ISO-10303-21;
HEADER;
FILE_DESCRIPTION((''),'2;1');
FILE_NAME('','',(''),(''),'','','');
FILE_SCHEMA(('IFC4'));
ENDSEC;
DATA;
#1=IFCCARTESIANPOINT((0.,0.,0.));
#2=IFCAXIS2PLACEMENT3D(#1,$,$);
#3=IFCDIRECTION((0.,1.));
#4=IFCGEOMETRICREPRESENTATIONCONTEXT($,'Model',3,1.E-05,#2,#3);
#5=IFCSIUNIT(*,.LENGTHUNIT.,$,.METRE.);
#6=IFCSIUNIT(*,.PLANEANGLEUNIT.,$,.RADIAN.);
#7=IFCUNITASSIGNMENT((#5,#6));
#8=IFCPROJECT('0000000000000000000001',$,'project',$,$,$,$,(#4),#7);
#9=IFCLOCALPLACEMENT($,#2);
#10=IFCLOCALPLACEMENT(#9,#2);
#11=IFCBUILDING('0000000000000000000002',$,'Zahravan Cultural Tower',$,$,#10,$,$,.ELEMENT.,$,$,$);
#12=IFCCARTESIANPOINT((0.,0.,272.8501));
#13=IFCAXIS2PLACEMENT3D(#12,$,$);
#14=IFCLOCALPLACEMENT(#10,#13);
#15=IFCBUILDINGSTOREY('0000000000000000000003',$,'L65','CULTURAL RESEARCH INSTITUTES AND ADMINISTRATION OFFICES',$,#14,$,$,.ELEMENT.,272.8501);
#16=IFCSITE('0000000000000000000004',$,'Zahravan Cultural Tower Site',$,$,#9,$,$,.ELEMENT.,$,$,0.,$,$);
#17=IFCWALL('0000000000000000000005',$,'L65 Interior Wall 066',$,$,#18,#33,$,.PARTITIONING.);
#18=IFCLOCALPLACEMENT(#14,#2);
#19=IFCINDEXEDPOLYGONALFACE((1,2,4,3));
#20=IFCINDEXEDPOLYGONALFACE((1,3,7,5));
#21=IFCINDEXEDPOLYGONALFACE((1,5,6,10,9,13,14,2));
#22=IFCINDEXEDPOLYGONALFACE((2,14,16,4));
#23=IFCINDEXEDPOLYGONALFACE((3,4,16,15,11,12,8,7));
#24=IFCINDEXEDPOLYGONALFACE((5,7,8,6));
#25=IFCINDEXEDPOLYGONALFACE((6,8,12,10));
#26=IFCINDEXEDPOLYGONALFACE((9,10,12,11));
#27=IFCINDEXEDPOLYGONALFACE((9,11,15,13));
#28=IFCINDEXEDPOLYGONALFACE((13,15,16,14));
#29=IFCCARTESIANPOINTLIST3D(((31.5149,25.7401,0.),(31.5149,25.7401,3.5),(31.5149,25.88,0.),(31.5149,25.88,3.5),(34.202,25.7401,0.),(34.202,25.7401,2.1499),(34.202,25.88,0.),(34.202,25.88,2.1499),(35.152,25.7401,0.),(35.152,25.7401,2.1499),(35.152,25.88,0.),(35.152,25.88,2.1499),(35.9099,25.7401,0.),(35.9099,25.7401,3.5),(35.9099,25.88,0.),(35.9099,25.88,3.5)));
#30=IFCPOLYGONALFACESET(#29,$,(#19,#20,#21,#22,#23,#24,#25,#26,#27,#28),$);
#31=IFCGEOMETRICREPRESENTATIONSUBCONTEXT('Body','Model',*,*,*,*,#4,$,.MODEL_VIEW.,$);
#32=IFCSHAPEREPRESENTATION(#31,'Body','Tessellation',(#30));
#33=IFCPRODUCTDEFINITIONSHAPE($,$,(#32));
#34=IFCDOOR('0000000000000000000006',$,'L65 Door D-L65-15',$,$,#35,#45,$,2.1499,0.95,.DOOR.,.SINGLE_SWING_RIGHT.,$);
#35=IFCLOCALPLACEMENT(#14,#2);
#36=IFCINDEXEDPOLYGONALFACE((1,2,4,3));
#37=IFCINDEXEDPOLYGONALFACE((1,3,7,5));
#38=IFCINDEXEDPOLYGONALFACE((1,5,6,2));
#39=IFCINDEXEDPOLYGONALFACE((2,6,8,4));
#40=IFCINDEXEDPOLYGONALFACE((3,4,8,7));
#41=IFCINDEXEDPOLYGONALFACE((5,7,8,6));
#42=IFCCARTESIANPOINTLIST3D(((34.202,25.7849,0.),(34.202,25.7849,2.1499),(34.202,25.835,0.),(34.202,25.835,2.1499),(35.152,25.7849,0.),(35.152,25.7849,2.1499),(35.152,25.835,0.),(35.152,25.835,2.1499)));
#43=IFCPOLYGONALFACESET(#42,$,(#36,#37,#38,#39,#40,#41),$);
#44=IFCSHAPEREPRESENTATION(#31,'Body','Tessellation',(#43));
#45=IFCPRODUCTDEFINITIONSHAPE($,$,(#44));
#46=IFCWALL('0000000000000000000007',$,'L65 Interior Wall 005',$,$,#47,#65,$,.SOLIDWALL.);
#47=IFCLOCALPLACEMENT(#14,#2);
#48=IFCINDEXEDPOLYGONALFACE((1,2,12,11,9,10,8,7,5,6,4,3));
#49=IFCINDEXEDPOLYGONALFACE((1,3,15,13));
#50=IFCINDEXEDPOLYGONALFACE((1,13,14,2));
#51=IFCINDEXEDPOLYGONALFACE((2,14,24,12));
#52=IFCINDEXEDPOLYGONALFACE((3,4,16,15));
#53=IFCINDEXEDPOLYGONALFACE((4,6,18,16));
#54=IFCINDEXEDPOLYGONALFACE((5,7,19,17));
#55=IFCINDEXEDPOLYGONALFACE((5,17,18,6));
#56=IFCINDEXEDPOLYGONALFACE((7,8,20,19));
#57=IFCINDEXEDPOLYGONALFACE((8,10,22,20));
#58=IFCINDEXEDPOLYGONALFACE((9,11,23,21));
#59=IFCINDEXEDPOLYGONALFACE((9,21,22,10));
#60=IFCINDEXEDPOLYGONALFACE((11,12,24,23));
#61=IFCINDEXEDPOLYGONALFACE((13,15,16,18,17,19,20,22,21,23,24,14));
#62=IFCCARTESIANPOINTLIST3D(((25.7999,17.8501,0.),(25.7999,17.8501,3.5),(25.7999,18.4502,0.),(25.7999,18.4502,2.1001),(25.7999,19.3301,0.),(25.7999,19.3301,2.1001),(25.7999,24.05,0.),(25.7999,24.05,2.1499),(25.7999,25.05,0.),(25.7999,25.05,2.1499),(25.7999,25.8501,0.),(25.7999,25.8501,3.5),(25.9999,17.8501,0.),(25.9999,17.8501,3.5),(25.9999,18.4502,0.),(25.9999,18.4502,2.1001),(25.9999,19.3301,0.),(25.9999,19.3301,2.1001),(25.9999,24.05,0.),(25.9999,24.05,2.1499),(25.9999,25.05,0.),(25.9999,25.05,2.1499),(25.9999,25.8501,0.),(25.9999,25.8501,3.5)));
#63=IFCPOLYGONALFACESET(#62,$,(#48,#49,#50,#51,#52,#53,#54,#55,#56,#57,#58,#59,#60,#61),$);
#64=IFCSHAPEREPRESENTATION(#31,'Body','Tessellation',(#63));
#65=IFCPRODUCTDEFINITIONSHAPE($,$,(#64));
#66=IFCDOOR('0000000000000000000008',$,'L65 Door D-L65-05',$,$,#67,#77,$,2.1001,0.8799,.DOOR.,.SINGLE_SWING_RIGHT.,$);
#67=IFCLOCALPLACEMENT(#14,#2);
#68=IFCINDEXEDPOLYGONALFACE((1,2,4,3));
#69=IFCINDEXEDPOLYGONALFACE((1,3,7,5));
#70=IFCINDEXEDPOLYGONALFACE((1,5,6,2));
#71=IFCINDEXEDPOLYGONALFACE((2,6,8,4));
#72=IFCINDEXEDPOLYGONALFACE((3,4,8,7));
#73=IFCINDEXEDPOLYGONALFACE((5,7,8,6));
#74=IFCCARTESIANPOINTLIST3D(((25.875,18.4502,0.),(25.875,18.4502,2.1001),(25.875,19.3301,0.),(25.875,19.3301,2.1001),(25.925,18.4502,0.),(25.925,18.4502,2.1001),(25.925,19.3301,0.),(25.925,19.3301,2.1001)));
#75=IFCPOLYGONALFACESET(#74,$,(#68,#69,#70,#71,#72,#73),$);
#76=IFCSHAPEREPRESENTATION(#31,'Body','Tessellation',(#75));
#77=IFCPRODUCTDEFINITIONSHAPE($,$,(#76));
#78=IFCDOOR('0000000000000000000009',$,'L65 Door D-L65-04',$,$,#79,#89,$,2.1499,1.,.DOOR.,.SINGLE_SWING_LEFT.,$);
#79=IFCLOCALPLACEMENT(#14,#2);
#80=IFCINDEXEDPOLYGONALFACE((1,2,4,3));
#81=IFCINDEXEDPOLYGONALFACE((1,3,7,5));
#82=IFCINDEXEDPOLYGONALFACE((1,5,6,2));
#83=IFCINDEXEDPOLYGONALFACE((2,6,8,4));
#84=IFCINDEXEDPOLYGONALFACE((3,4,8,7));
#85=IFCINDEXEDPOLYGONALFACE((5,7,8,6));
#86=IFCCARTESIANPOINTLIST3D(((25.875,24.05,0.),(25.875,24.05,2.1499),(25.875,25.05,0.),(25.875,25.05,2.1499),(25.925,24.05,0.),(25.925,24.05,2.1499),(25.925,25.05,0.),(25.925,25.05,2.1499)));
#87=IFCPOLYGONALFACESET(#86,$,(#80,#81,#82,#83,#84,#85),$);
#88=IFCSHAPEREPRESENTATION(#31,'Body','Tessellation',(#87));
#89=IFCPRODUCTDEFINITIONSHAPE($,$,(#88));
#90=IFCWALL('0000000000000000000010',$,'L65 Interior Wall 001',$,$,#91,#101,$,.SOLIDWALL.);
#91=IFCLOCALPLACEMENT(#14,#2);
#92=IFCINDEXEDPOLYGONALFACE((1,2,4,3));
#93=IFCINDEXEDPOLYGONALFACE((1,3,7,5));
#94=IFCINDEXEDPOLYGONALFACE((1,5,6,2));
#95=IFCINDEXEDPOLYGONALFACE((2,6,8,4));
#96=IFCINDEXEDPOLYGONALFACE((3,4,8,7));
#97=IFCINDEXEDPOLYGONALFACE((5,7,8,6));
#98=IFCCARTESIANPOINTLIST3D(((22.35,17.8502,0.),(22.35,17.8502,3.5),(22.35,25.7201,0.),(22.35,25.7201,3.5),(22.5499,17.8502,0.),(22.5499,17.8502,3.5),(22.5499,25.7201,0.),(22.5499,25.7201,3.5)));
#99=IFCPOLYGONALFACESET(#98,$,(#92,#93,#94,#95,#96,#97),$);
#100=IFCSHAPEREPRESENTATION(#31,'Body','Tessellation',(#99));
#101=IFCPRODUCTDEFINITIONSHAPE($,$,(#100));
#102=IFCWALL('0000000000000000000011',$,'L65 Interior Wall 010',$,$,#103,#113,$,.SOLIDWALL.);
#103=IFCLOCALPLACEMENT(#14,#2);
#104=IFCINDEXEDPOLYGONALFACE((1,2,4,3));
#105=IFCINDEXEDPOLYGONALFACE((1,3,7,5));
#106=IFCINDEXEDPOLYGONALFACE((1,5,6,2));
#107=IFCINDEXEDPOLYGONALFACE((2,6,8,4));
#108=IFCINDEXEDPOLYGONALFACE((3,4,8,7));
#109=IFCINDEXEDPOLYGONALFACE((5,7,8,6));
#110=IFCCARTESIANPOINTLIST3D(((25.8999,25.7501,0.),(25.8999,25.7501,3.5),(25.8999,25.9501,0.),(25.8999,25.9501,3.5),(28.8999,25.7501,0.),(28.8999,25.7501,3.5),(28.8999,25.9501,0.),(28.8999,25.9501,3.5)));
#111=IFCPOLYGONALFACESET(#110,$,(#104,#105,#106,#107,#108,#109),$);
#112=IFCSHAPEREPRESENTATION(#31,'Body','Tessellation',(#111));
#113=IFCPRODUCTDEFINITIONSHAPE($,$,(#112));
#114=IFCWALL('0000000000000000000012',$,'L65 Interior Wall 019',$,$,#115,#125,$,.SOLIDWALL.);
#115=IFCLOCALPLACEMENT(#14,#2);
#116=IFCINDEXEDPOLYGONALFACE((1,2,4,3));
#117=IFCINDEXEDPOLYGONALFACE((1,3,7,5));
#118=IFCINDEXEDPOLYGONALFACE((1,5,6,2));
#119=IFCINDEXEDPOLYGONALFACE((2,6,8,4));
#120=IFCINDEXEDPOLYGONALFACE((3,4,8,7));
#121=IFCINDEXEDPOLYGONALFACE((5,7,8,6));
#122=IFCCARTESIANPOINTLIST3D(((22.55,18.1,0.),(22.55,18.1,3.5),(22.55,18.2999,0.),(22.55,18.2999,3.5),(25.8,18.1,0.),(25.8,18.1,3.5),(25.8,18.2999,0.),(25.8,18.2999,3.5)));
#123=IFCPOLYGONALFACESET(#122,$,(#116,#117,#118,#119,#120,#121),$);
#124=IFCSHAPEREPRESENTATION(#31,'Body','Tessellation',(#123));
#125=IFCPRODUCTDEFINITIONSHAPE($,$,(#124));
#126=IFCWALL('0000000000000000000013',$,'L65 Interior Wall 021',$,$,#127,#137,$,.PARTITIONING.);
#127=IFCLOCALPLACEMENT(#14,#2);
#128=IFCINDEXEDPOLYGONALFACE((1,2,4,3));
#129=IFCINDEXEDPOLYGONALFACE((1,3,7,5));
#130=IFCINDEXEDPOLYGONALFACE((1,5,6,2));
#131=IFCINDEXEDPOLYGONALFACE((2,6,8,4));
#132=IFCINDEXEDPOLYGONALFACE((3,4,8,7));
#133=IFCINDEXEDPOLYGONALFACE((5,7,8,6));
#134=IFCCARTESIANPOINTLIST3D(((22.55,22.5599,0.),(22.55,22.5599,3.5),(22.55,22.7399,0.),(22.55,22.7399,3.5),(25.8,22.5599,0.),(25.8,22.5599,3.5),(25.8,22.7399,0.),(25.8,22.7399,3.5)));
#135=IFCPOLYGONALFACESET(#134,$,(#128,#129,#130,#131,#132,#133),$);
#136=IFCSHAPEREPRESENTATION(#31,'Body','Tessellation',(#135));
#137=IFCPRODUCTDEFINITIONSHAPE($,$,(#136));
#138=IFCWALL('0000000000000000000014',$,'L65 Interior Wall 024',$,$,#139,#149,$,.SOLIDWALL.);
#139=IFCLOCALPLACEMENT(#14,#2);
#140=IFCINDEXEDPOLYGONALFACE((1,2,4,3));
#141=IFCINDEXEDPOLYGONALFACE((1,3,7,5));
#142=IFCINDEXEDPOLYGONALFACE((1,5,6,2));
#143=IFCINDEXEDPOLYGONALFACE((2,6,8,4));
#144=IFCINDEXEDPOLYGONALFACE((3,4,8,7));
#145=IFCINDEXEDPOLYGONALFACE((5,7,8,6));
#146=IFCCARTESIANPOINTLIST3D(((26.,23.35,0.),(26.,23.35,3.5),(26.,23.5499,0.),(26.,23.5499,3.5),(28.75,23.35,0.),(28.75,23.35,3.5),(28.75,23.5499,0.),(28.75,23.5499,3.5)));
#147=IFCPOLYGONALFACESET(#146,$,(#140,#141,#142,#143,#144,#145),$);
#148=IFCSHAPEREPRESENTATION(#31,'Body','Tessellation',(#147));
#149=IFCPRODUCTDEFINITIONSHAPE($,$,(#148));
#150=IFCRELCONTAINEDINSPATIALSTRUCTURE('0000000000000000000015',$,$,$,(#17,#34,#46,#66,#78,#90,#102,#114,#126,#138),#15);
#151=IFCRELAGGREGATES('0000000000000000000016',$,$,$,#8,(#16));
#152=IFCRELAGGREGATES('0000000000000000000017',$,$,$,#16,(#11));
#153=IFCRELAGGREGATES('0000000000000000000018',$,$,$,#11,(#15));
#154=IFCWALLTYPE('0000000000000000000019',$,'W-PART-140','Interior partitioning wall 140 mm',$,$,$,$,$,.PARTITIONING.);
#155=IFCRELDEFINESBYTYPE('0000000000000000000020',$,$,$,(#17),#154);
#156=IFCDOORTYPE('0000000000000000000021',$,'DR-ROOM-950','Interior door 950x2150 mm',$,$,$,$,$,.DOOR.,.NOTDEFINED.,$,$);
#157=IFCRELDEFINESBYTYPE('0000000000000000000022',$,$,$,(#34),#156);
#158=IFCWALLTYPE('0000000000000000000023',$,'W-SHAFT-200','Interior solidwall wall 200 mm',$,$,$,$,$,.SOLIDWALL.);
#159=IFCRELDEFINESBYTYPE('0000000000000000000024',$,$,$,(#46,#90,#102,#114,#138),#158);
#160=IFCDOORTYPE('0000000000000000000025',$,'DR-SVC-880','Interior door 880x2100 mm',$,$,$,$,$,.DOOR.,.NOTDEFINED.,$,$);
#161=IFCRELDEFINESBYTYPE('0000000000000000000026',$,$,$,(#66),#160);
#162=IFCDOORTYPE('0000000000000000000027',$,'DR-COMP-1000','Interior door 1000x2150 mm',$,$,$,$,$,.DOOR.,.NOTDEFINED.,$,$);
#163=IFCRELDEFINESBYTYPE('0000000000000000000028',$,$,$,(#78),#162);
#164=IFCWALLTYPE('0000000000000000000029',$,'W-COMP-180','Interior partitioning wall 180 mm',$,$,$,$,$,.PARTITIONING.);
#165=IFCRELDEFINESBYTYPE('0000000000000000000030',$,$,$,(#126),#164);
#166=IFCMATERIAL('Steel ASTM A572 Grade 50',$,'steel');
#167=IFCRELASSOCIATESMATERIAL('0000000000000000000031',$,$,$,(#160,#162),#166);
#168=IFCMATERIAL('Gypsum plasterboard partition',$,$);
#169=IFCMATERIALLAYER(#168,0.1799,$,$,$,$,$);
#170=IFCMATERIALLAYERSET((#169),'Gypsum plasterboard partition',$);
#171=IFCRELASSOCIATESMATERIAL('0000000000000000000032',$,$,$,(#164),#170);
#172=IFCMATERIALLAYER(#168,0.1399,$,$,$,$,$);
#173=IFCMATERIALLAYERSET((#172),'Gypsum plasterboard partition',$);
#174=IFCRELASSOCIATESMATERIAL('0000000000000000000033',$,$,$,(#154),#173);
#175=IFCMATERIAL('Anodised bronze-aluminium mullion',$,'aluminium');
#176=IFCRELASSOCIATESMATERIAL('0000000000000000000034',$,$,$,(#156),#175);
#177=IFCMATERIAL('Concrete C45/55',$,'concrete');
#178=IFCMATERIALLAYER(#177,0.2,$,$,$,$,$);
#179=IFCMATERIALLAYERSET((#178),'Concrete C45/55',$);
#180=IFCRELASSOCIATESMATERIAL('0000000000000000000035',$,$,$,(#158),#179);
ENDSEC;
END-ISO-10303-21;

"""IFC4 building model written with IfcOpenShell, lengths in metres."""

from ifc_helpers import new_model, si_unit, direction, frame, frame_2d, origin, place, context, subcontext, project, spatial, rectangle, extrude, source, transform, mapped, material, layer, layer_set, type_object, element, fill, save


model = new_model("IFC4")

# Units and contexts
model_context = context("Model", 3, precision=1e-05, world=origin(), true_north=direction((0.0, 1.0)))
body_context = subcontext(model_context, "Body", "Model", "MODEL_VIEW")
ifc_project = project(units=[si_unit("LENGTHUNIT", "METRE"), si_unit("PLANEANGLEUNIT", "RADIAN")], contexts=[model_context])

# Site, building, storey
site_placement = place(None, origin())
site = spatial("IfcSite", under=ifc_project, at=site_placement, Name="Zahravan Cultural Tower Site", CompositionType="ELEMENT", RefElevation=0.0)
building_placement = place(site_placement, origin())
building = spatial("IfcBuilding", under=site, at=building_placement, Name="Zahravan Cultural Tower", CompositionType="ELEMENT")
storey_placement = place(building_placement, frame((0.0, 0.0, 272.8501)))
storey = spatial("IfcBuildingStorey", under=building, at=storey_placement, Name="L65", Description="CULTURAL RESEARCH INSTITUTES AND ADMINISTRATION OFFICES", CompositionType="ELEMENT", Elevation=272.8501)

# Shared definitions
ifc_material_1 = material(Name="Steel ASTM A572 Grade 50", Category="steel")
door_type_1 = type_object("IfcDoorType", Name="DR-SVC-880", Description="Interior door 880x2100 mm", OperationType="NOTDEFINED", PredefinedType="DOOR", material=ifc_material_1)
shared_shape_1 = source(origin(), body_context, "Body", "SweptSolid", [
    extrude(rectangle(XDim=0.8799, YDim=2.1001, at=frame_2d((0.4399, 1.05))), frame((0.0, 0.0249, 0.0), z_axis=(0.0, -1.0, 0.0), x_axis=(1.0, 0.0, 0.0)), (0.0, 0.0, 1.0), 0.05),
])

# Wall, opening, door
ifc_material_2 = material(Name="Gypsum plasterboard partition")
ifc_layer_1 = layer(ifc_material_2, 0.1799)
ifc_layer_set_1 = layer_set([ifc_layer_1], Name="Gypsum plasterboard partition")
wall_type_1 = type_object("IfcWallType", Name="W-COMP-180", Description="Interior partitioning wall 180 mm", PredefinedType="PARTITIONING", material=ifc_layer_set_1)
ifc_layer_2 = layer(ifc_material_2, 0.1399)
ifc_layer_set_2 = layer_set([ifc_layer_2], Name="Gypsum plasterboard partition")
wall_type_2 = type_object("IfcWallType", Name="W-PART-140", Description="Interior partitioning wall 140 mm", PredefinedType="PARTITIONING", material=ifc_layer_set_2)
wall_1_placement = place(storey_placement, frame((31.5149, 25.8101, 0.0), z_axis=(0.0, 0.0, 1.0), x_axis=(1.0, 0.0, 0.0)))
wall_1 = element("IfcWall", 1, at=wall_1_placement, inside=storey, type_object=wall_type_2, Name="L65 Interior Wall 066", PredefinedType="PARTITIONING", context=body_context, shape_type="SweptSolid", body=[
    extrude(rectangle(XDim=4.395, YDim=0.1399, at=frame_2d((2.1975, 0.0))), origin(), (0.0, 0.0, 1.0), 3.5),
])
opening_1_placement = place(wall_1_placement, frame((2.687, 0.0, 0.0)))
opening_1 = element("IfcOpeningElement", 2, at=opening_1_placement, cuts=wall_1, PredefinedType="OPENING", context=body_context, shape_type="SweptSolid", body=[
    extrude(rectangle(XDim=0.95, YDim=2.1499, at=frame_2d((0.4751, 1.075))), frame((0.0, 0.0798, 0.0), z_axis=(0.0, -1.0, 0.0), x_axis=(1.0, 0.0, 0.0)), (0.0, 0.0, 1.0), 0.1599),
])
ifc_material_3 = material(Name="Anodised bronze-aluminium mullion", Category="aluminium")
door_type_2 = type_object("IfcDoorType", Name="DR-ROOM-950", Description="Interior door 950x2150 mm", OperationType="NOTDEFINED", PredefinedType="DOOR", material=ifc_material_3)
shared_shape_2 = source(origin(), body_context, "Body", "SweptSolid", [
    extrude(rectangle(XDim=0.95, YDim=2.1499, at=frame_2d((0.4751, 1.075))), frame((0.0, 0.0249, 0.0), z_axis=(0.0, -1.0, 0.0), x_axis=(1.0, 0.0, 0.0)), (0.0, 0.0, 1.0), 0.05),
])
door_1_placement = place(opening_1_placement, origin())
door_1 = element("IfcDoor", 3, at=door_1_placement, inside=storey, type_object=door_type_2, Name="L65 Door D-L65-15", OperationType="SINGLE_SWING_RIGHT", OverallHeight=2.1499, OverallWidth=0.95, PredefinedType="DOOR", context=body_context, shape_type="MappedRepresentation", body=[
    mapped(shared_shape_2, transform((0.0, 0.0, 0.0), x_axis=(1.0, 0.0, 0.0), y_axis=(0.0, 1.0, 0.0), z_axis=(0.0, 0.0, 1.0), scale=1.0)),
])
fill(opening_1, door_1)

# Wall, openings, doors
ifc_material_4 = material(Name="Concrete C45/55", Category="concrete")
ifc_layer_3 = layer(ifc_material_4, 0.2)
ifc_layer_set_3 = layer_set([ifc_layer_3], Name="Concrete C45/55")
wall_type_3 = type_object("IfcWallType", Name="W-SHAFT-200", Description="Interior solidwall wall 200 mm", PredefinedType="SOLIDWALL", material=ifc_layer_set_3)
wall_2_placement = place(storey_placement, frame((25.8999, 17.8501, 0.0), z_axis=(0.0, 0.0, 1.0), x_axis=(0.0, 1.0, 0.0)))
wall_2 = element("IfcWall", 4, at=wall_2_placement, inside=storey, type_object=wall_type_3, Name="L65 Interior Wall 005", PredefinedType="SOLIDWALL", context=body_context, shape_type="SweptSolid", body=[
    extrude(rectangle(XDim=8.0, YDim=0.2, at=frame_2d((4.0, 0.0))), origin(), (0.0, 0.0, 1.0), 3.5),
])
opening_2_placement = place(wall_2_placement, frame((6.2, 0.0, 0.0)))
opening_2 = element("IfcOpeningElement", 5, at=opening_2_placement, cuts=wall_2, PredefinedType="OPENING", context=body_context, shape_type="SweptSolid", body=[
    extrude(rectangle(XDim=1.0, YDim=2.1499, at=frame_2d((0.5, 1.075))), frame((0.0, 0.1099, 0.0), z_axis=(0.0, -1.0, 0.0), x_axis=(1.0, 0.0, 0.0)), (0.0, 0.0, 1.0), 0.22),
])
opening_3_placement = place(wall_2_placement, frame((0.6001, 0.0, 0.0)))
opening_3 = element("IfcOpeningElement", 6, at=opening_3_placement, cuts=wall_2, PredefinedType="OPENING", context=body_context, shape_type="SweptSolid", body=[
    extrude(rectangle(XDim=0.8799, YDim=2.1001, at=frame_2d((0.4399, 1.05))), frame((0.0, 0.1099, 0.0), z_axis=(0.0, -1.0, 0.0), x_axis=(1.0, 0.0, 0.0)), (0.0, 0.0, 1.0), 0.22),
])
door_2_placement = place(opening_3_placement, origin())
door_2 = element("IfcDoor", 7, at=door_2_placement, inside=storey, type_object=door_type_1, Name="L65 Door D-L65-05", OperationType="SINGLE_SWING_RIGHT", OverallHeight=2.1001, OverallWidth=0.8799, PredefinedType="DOOR", context=body_context, shape_type="MappedRepresentation", body=[
    mapped(shared_shape_1, transform((0.0, 0.0, 0.0), x_axis=(1.0, 0.0, 0.0), y_axis=(0.0, 1.0, 0.0), z_axis=(0.0, 0.0, 1.0), scale=1.0)),
])
fill(opening_3, door_2)
door_type_3 = type_object("IfcDoorType", Name="DR-COMP-1000", Description="Interior door 1000x2150 mm", OperationType="NOTDEFINED", PredefinedType="DOOR", material=ifc_material_1)
shared_shape_3 = source(origin(), body_context, "Body", "SweptSolid", [
    extrude(rectangle(XDim=1.0, YDim=2.1499, at=frame_2d((0.5, 1.075))), frame((0.0, 0.0249, 0.0), z_axis=(0.0, -1.0, 0.0), x_axis=(1.0, 0.0, 0.0)), (0.0, 0.0, 1.0), 0.05),
])
door_3_placement = place(opening_2_placement, origin())
door_3 = element("IfcDoor", 8, at=door_3_placement, inside=storey, type_object=door_type_3, Name="L65 Door D-L65-04", OperationType="SINGLE_SWING_LEFT", OverallHeight=2.1499, OverallWidth=1.0, PredefinedType="DOOR", context=body_context, shape_type="MappedRepresentation", body=[
    mapped(shared_shape_3, transform((0.0, 0.0, 0.0), x_axis=(1.0, 0.0, 0.0), y_axis=(0.0, 1.0, 0.0), z_axis=(0.0, 0.0, 1.0), scale=1.0)),
])
fill(opening_2, door_3)

# Walls
shared_shape_4 = source(origin(), body_context, "Body", "SweptSolid", [
    extrude(rectangle(XDim=7.8699, YDim=0.2, at=frame_2d((3.9351, 0.0))), origin(), (0.0, 0.0, 1.0), 3.5),
])
wall_3_placement = place(storey_placement, frame((22.45, 17.8501, 0.0), z_axis=(0.0, 0.0, 1.0), x_axis=(0.0, 1.0, 0.0)))
element("IfcWall", 9, at=wall_3_placement, inside=storey, type_object=wall_type_3, Name="L65 Interior Wall 001", PredefinedType="SOLIDWALL", context=body_context, shape_type="MappedRepresentation", body=[
    mapped(shared_shape_4, transform((0.0, 0.0, 0.0), x_axis=(1.0, 0.0, 0.0), y_axis=(0.0, 1.0, 0.0), z_axis=(0.0, 0.0, 1.0), scale=1.0)),
])
shared_shape_5 = source(origin(), body_context, "Body", "SweptSolid", [
    extrude(rectangle(XDim=3.0, YDim=0.2, at=frame_2d((1.5, 0.0))), origin(), (0.0, 0.0, 1.0), 3.5),
])
wall_4_placement = place(storey_placement, frame((25.8999, 25.8501, 0.0), z_axis=(0.0, 0.0, 1.0), x_axis=(1.0, 0.0, 0.0)))
element("IfcWall", 10, at=wall_4_placement, inside=storey, type_object=wall_type_3, Name="L65 Interior Wall 010", PredefinedType="SOLIDWALL", context=body_context, shape_type="MappedRepresentation", body=[
    mapped(shared_shape_5, transform((0.0, 0.0, 0.0), x_axis=(1.0, 0.0, 0.0), y_axis=(0.0, 1.0, 0.0), z_axis=(0.0, 0.0, 1.0), scale=1.0)),
])
shared_shape_6 = source(origin(), body_context, "Body", "SweptSolid", [
    extrude(rectangle(XDim=3.25, YDim=0.2, at=frame_2d((1.625, 0.0))), origin(), (0.0, 0.0, 1.0), 3.5),
])
wall_5_placement = place(storey_placement, frame((22.55, 18.2, 0.0), z_axis=(0.0, 0.0, 1.0), x_axis=(1.0, 0.0, 0.0)))
element("IfcWall", 11, at=wall_5_placement, inside=storey, type_object=wall_type_3, Name="L65 Interior Wall 019", PredefinedType="SOLIDWALL", context=body_context, shape_type="MappedRepresentation", body=[
    mapped(shared_shape_6, transform((0.0, 0.0, 0.0), x_axis=(1.0, 0.0, 0.0), y_axis=(0.0, 1.0, 0.0), z_axis=(0.0, 0.0, 1.0), scale=1.0)),
])
shared_shape_7 = source(origin(), body_context, "Body", "SweptSolid", [
    extrude(rectangle(XDim=3.25, YDim=0.1799, at=frame_2d((1.625, 0.0))), origin(), (0.0, 0.0, 1.0), 3.5),
])
wall_6_placement = place(storey_placement, frame((22.55, 22.6499, 0.0), z_axis=(0.0, 0.0, 1.0), x_axis=(1.0, 0.0, 0.0)))
element("IfcWall", 12, at=wall_6_placement, inside=storey, type_object=wall_type_1, Name="L65 Interior Wall 021", PredefinedType="PARTITIONING", context=body_context, shape_type="MappedRepresentation", body=[
    mapped(shared_shape_7, transform((0.0, 0.0, 0.0), x_axis=(1.0, 0.0, 0.0), y_axis=(0.0, 1.0, 0.0), z_axis=(0.0, 0.0, 1.0), scale=1.0)),
])
shared_shape_8 = source(origin(), body_context, "Body", "SweptSolid", [
    extrude(rectangle(XDim=2.75, YDim=0.2, at=frame_2d((1.375, 0.0))), origin(), (0.0, 0.0, 1.0), 3.5),
])
wall_7_placement = place(storey_placement, frame((26.0, 23.45, 0.0), z_axis=(0.0, 0.0, 1.0), x_axis=(1.0, 0.0, 0.0)))
element("IfcWall", 13, at=wall_7_placement, inside=storey, type_object=wall_type_3, Name="L65 Interior Wall 024", PredefinedType="SOLIDWALL", context=body_context, shape_type="MappedRepresentation", body=[
    mapped(shared_shape_8, transform((0.0, 0.0, 0.0), x_axis=(1.0, 0.0, 0.0), y_axis=(0.0, 1.0, 0.0), z_axis=(0.0, 0.0, 1.0), scale=1.0)),
])

save(model, "model.ifc")
